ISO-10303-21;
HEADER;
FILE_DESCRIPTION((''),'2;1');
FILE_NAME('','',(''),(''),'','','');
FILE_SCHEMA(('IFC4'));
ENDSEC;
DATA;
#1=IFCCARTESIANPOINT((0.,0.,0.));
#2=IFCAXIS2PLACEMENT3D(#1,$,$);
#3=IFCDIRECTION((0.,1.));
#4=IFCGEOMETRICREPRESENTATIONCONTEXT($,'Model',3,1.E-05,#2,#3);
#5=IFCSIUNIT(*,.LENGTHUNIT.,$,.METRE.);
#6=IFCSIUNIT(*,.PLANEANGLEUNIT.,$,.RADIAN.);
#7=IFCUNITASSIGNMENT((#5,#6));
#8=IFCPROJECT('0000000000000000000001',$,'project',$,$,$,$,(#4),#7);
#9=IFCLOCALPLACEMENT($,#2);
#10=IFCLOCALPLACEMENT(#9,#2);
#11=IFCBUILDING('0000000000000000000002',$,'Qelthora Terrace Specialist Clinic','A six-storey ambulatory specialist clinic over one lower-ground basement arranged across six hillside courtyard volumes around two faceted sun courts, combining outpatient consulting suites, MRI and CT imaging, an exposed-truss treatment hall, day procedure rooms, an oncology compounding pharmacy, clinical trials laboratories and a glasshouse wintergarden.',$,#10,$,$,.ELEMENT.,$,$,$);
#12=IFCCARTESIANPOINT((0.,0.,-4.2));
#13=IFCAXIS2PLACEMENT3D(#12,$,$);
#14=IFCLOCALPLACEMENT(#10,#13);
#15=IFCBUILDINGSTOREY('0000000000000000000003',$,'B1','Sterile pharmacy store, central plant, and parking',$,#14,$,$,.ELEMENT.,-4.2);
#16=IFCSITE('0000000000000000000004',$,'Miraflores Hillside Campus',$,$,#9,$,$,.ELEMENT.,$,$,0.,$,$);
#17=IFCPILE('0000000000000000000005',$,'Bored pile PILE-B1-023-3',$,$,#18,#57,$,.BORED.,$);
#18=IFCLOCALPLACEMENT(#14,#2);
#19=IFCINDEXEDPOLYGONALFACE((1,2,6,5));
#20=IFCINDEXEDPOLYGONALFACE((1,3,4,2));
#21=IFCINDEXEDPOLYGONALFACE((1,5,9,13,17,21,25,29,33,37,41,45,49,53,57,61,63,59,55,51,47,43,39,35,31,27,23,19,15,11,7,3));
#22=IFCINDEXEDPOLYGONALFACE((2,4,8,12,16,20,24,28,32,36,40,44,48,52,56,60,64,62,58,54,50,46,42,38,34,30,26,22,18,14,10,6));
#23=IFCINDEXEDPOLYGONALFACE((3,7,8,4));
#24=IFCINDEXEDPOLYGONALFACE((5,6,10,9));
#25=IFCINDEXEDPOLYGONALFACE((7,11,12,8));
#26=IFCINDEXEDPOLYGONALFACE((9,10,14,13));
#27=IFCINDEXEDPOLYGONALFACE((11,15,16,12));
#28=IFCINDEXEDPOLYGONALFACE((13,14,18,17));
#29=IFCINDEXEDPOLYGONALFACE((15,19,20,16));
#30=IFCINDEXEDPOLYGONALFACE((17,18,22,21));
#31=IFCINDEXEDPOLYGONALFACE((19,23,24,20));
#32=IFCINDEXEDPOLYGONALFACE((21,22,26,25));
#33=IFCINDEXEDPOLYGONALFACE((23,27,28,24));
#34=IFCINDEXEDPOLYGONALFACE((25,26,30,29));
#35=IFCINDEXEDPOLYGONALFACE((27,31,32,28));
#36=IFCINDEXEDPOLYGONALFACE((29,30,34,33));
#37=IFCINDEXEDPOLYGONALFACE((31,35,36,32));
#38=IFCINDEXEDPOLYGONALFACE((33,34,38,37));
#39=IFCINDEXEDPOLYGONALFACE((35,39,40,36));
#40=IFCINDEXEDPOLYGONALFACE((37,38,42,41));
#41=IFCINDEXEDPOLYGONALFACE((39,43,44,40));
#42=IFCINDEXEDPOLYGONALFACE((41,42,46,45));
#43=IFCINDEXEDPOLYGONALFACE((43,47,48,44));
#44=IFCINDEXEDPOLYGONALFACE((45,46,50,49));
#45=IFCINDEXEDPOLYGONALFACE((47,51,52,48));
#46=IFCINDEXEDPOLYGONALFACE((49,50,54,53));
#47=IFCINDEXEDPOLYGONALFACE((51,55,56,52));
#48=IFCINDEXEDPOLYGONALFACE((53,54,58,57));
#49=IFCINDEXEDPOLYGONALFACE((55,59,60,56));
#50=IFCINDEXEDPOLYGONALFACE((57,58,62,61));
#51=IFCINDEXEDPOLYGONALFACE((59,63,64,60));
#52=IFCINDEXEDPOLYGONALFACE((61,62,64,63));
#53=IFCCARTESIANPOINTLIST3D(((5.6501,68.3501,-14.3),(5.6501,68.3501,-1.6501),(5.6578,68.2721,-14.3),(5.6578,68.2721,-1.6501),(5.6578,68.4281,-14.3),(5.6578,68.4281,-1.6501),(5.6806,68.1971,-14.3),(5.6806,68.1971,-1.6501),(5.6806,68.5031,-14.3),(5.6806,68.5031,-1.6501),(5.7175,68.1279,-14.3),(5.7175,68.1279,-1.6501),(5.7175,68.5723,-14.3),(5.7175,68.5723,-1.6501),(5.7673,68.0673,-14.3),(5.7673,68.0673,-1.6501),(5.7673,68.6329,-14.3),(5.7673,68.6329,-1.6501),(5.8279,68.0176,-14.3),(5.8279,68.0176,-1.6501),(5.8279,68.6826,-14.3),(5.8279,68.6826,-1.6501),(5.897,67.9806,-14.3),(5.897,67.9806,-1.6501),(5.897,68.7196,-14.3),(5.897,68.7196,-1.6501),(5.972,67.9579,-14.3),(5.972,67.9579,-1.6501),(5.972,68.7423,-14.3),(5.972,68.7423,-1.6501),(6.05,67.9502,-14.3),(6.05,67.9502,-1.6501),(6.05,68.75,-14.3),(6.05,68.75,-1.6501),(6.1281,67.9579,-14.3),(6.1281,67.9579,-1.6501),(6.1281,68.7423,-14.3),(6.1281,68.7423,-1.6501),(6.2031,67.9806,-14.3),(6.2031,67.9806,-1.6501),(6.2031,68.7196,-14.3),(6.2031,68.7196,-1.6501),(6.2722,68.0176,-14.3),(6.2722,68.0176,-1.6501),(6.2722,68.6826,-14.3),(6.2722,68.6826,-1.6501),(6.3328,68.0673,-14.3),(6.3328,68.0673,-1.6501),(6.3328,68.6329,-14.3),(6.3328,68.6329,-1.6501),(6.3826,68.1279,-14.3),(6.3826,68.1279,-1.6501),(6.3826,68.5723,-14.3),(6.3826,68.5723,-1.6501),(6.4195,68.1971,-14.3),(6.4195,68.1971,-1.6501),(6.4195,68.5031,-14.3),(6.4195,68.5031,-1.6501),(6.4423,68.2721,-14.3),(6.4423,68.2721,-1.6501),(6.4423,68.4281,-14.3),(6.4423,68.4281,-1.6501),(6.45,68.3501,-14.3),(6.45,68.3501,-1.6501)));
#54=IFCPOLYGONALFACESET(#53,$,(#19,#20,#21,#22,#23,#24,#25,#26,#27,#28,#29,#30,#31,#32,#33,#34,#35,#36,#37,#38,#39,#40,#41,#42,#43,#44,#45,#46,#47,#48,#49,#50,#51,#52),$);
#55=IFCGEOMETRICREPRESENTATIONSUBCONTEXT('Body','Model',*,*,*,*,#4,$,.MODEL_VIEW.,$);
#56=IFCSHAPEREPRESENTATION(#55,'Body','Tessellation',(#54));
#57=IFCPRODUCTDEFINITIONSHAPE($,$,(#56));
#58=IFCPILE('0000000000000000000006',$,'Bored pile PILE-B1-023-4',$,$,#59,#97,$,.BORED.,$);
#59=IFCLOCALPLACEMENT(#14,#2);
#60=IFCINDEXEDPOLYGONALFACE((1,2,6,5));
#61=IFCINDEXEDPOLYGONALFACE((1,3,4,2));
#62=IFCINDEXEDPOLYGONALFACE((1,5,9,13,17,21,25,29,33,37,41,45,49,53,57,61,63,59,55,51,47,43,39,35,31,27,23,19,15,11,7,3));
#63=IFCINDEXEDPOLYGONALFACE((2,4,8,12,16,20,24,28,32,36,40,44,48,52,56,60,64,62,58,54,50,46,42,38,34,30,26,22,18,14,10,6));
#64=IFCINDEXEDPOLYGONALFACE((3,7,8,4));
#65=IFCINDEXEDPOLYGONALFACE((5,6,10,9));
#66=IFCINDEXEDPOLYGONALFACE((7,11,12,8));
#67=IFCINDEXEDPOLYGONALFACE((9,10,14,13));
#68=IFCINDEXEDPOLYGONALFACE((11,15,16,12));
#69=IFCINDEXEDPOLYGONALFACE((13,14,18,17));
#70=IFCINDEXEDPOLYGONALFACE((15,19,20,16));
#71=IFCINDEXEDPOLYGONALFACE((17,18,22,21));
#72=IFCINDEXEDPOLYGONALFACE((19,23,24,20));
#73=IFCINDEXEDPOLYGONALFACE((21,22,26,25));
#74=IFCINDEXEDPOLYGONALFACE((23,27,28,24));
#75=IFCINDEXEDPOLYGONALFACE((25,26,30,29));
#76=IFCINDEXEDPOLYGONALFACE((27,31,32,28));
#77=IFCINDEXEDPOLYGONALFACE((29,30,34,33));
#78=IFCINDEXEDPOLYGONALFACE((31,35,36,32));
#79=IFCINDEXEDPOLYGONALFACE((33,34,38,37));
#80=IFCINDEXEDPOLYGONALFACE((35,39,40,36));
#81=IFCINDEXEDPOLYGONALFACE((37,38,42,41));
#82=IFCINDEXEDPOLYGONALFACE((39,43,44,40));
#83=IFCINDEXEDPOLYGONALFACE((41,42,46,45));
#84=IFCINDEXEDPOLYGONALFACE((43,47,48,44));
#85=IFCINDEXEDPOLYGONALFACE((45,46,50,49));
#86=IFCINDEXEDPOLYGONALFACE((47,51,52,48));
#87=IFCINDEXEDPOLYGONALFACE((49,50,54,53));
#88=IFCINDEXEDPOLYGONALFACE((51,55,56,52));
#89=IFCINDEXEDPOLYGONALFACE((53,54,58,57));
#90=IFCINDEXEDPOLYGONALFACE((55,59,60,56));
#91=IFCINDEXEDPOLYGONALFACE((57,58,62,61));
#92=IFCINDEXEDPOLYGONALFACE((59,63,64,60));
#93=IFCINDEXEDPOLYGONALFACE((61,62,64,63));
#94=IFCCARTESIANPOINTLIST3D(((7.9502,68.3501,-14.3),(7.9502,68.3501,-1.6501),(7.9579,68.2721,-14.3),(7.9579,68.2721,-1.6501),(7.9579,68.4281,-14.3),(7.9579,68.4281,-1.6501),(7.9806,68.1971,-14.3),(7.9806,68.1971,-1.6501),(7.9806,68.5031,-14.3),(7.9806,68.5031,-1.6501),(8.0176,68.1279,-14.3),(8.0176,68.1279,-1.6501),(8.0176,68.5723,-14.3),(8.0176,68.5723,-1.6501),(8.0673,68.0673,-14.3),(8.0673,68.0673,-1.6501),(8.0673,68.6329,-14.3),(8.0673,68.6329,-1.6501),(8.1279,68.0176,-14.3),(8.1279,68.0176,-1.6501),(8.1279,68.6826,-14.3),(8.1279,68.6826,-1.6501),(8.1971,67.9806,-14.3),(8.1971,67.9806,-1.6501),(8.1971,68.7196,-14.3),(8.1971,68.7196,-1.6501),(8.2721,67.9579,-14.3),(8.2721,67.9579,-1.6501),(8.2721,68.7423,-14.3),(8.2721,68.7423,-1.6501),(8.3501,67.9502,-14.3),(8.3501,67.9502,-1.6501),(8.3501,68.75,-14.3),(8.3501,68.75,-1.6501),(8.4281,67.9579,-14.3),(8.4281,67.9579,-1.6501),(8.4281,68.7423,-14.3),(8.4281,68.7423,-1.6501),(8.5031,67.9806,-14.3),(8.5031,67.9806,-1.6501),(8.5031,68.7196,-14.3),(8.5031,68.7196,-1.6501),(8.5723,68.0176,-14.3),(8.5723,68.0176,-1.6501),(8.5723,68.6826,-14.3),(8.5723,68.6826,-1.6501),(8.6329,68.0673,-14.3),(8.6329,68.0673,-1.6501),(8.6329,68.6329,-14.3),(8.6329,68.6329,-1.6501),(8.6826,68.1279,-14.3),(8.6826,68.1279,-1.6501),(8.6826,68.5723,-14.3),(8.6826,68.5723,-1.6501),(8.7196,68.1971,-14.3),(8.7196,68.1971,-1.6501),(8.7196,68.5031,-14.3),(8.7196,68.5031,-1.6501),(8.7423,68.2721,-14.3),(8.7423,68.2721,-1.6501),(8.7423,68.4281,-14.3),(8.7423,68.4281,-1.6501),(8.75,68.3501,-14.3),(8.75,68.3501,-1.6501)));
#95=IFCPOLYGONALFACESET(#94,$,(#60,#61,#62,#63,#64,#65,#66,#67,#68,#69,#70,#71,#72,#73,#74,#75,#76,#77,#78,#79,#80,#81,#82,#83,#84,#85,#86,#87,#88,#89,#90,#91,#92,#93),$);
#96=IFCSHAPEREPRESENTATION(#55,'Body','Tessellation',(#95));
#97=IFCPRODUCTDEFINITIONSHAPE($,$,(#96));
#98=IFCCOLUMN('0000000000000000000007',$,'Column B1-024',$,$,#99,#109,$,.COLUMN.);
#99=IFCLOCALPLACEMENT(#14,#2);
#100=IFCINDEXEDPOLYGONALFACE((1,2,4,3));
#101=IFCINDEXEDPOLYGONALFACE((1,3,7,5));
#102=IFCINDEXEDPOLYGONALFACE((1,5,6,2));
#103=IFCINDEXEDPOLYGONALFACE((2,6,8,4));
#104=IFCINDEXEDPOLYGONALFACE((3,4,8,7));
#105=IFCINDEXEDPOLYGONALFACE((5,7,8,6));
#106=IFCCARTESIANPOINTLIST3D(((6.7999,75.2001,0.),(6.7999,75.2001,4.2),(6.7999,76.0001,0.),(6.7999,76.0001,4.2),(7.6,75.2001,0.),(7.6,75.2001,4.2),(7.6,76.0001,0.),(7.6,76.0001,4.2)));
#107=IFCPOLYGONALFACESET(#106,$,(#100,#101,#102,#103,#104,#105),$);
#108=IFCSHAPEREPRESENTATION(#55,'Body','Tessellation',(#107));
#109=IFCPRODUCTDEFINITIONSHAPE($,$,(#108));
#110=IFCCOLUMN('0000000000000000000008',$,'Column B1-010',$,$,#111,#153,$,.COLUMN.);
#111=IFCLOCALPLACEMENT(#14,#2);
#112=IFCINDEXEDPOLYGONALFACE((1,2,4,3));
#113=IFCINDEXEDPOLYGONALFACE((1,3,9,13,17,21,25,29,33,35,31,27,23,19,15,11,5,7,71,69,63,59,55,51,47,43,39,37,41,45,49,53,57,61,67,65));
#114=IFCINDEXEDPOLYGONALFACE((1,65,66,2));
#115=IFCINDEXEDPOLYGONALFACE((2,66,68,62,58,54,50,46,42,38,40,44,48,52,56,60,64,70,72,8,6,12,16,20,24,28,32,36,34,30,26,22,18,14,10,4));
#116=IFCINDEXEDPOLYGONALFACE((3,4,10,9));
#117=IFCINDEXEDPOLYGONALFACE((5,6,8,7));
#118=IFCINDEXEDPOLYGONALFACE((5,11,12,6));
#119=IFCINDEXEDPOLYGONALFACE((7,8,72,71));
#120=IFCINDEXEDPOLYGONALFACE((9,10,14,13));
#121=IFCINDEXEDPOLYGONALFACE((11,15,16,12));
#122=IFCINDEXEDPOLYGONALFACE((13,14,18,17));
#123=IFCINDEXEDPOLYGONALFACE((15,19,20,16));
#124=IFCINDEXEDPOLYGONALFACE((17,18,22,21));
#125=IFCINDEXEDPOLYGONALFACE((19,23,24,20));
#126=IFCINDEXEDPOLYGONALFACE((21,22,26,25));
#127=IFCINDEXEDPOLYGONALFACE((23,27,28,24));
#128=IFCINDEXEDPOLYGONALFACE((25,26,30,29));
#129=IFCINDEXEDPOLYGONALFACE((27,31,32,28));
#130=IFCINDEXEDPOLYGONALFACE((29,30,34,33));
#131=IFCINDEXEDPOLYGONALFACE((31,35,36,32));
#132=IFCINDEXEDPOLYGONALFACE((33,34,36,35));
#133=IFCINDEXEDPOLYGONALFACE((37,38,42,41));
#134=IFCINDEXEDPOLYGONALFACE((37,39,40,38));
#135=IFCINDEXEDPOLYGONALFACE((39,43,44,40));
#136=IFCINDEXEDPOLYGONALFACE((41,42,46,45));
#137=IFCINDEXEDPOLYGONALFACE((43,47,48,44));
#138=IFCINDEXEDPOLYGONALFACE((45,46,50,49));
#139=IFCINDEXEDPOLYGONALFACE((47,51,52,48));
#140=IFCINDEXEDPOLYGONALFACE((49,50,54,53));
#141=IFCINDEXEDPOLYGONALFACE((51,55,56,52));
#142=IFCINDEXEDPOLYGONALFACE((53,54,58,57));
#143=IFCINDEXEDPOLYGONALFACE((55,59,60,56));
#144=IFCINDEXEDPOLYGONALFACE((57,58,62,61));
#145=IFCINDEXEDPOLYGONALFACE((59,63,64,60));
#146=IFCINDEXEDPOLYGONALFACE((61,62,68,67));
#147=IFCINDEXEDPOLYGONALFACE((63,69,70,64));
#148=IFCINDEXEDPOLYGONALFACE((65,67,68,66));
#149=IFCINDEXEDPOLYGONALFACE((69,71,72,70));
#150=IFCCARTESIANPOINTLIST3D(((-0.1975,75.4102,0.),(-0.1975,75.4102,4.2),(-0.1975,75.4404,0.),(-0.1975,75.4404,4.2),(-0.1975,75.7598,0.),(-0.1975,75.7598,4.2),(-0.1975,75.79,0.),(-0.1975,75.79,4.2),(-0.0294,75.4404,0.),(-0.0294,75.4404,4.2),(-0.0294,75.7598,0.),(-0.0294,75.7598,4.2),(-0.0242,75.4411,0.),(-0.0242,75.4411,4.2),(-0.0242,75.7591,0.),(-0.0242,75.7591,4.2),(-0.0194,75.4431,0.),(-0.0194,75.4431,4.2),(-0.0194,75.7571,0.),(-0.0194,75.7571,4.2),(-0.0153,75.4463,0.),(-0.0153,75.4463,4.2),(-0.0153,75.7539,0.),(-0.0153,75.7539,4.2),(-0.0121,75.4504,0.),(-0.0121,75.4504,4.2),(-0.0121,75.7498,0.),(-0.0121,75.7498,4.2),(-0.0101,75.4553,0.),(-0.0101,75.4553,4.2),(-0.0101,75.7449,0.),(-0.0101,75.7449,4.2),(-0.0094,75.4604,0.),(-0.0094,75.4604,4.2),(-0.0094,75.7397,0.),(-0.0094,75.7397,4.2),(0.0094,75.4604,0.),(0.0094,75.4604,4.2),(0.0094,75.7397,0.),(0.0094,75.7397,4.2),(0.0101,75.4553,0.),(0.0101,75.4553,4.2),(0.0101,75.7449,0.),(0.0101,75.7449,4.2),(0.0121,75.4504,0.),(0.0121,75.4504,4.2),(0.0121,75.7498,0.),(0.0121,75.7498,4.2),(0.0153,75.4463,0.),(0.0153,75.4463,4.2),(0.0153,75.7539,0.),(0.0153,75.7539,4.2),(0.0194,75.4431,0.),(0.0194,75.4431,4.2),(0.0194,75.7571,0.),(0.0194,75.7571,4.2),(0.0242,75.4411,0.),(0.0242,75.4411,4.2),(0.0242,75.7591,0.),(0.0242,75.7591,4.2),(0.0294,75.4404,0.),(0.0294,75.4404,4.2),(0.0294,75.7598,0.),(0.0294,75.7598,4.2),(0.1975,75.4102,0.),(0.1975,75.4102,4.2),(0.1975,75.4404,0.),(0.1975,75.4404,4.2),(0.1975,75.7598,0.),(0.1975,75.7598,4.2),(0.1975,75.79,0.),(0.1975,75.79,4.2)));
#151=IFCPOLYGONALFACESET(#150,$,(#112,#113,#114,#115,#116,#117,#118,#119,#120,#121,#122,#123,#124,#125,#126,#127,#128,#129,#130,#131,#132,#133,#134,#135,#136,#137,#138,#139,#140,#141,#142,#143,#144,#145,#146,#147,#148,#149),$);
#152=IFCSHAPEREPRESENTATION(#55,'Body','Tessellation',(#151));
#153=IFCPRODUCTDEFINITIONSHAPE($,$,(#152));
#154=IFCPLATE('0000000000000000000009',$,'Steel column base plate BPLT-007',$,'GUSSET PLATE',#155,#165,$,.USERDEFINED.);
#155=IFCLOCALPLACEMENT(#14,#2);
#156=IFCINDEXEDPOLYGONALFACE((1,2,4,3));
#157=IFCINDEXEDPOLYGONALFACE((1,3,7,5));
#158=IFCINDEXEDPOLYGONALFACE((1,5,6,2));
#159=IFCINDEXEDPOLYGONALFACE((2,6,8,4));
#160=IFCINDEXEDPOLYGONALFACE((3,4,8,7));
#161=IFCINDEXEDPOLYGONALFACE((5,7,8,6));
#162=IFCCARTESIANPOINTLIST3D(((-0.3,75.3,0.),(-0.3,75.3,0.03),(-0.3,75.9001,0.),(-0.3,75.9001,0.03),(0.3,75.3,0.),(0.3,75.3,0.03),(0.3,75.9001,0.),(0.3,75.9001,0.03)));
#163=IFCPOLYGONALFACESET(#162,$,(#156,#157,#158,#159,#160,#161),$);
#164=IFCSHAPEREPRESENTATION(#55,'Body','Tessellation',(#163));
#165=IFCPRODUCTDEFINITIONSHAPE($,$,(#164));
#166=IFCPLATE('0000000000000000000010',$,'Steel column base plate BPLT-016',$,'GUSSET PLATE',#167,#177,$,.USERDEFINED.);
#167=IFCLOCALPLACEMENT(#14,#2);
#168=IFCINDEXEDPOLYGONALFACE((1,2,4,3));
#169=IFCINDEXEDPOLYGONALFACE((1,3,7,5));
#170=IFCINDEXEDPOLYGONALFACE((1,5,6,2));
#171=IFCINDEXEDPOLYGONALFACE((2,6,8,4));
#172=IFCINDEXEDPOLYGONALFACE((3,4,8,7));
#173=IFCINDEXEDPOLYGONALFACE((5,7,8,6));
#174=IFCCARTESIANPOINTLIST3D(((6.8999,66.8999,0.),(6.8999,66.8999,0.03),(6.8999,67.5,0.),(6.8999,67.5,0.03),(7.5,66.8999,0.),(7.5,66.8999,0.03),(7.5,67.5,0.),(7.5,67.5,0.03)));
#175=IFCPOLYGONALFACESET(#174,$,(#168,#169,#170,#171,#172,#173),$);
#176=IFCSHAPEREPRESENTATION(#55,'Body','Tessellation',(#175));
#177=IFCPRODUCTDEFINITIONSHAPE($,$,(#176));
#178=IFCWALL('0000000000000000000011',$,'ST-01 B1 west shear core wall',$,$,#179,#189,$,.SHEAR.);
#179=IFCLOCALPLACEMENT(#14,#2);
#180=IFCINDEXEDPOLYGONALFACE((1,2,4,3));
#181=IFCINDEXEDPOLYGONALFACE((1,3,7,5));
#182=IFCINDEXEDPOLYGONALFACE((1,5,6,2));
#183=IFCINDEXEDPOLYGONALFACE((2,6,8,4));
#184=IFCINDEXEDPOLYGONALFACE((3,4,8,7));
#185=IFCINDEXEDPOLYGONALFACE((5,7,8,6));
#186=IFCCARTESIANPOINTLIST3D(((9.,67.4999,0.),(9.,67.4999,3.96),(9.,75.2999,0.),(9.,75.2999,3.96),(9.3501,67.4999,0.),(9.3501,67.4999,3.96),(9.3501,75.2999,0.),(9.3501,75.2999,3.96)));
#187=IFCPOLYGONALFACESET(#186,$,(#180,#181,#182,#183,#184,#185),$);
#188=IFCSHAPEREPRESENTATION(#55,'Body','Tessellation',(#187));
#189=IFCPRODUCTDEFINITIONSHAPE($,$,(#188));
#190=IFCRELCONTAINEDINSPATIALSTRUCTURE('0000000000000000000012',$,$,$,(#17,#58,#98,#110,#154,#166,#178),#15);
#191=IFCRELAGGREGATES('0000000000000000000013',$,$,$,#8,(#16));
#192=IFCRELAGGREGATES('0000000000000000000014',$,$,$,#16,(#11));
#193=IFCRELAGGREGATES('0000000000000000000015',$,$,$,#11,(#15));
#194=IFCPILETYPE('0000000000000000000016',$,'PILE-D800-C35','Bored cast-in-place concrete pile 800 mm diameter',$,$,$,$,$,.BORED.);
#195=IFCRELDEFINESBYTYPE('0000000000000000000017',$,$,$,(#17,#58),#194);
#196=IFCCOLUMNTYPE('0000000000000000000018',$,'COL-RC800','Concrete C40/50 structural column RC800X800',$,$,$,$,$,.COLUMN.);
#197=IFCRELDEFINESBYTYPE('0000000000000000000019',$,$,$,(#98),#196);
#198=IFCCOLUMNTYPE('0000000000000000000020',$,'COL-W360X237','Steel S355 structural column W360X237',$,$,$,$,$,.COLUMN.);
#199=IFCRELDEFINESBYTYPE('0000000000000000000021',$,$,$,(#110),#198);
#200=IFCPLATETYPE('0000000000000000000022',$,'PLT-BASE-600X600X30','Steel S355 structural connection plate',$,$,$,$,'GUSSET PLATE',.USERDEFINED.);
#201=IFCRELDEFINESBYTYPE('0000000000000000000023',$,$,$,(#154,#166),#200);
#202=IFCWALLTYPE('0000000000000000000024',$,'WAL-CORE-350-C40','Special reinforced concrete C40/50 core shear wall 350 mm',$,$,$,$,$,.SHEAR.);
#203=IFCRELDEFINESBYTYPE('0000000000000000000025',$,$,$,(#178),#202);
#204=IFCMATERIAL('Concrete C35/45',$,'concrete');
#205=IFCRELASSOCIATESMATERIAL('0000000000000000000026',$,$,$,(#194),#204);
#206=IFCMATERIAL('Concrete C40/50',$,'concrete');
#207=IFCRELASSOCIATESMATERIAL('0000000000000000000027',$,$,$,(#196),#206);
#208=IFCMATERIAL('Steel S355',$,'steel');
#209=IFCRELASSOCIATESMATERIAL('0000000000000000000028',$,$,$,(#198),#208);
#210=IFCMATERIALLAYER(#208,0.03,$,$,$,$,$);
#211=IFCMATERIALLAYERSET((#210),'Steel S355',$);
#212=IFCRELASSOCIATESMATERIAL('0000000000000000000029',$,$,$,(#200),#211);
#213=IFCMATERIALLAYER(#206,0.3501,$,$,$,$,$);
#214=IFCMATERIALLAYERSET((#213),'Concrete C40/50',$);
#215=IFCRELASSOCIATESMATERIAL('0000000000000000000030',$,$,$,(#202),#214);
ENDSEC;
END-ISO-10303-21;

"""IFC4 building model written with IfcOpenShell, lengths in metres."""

from ifc_helpers import new_model, si_unit, direction, frame, frame_2d, origin, origin_2d, place, context, subcontext, project, spatial, rectangle, circle, i_section, extrude, material, layer, layer_set, material_profile, profile_set, type_object, element, save


model = new_model("IFC4")

# Units and contexts
model_context = context("Model", 3, precision=1e-05, world=origin(), true_north=direction((0.0, 1.0)))
body_context = subcontext(model_context, "Body", "Model", "MODEL_VIEW")
ifc_project = project(units=[si_unit("LENGTHUNIT", "METRE"), si_unit("PLANEANGLEUNIT", "RADIAN")], contexts=[model_context])

# Site, building, storey
site_placement = place(None, origin())
site = spatial("IfcSite", under=ifc_project, at=site_placement, Name="Miraflores Hillside Campus", CompositionType="ELEMENT", RefElevation=0.0)
building_placement = place(site_placement, origin())
building = spatial("IfcBuilding", under=site, at=building_placement, Name="Qelthora Terrace Specialist Clinic", Description="A six-storey ambulatory specialist clinic over one lower-ground basement arranged across six hillside courtyard volumes around two faceted sun courts, combining outpatient consulting suites, MRI and CT imaging, an exposed-truss treatment hall, day procedure rooms, an oncology compounding pharmacy, clinical trials laboratories and a glasshouse wintergarden.", CompositionType="ELEMENT")
storey_placement = place(building_placement, frame((0.0, 0.0, -4.2)))
storey = spatial("IfcBuildingStorey", under=building, at=storey_placement, Name="B1", Description="Sterile pharmacy store, central plant, and parking", CompositionType="ELEMENT", Elevation=-4.2)

# Shared definitions
ifc_material_1 = material(Name="Concrete C35/45", Category="concrete")

# Piles
ifc_material_profile_1 = material_profile(ifc_material_1, circle(Radius=0.3999, at=origin_2d()), Name="PILE800")
ifc_profile_set_1 = profile_set([ifc_material_profile_1], Name="Concrete C35/45")
pile_type_1 = type_object("IfcPileType", Name="PILE-D800-C35", Description="Bored cast-in-place concrete pile 800 mm diameter", PredefinedType="BORED", material=ifc_profile_set_1)
for number, where, z_axis, x_axis, name in (
    (1, (6.05, 68.3501, -1.6501), (0.0, 0.0, -1.0), (1.0, 0.0, 0.0), "Bored pile PILE-B1-023-3"),
    (2, (8.3501, 68.3501, -1.6501), (0.0, 0.0, -1.0), (1.0, 0.0, 0.0), "Bored pile PILE-B1-023-4"),
):
    element("IfcPile", number, at=place(storey_placement, frame(where, z_axis=z_axis, x_axis=x_axis)), inside=storey, type_object=pile_type_1, Name=name, PredefinedType="BORED", context=body_context, shape_type="SweptSolid", body=[
        extrude(circle(Radius=0.3999, at=origin_2d()), origin(), (0.0, 0.0, 1.0), 12.6499),
    ])

# Columns
ifc_material_2 = material(Name="Concrete C40/50", Category="concrete")
ifc_material_profile_2 = material_profile(ifc_material_2, rectangle(XDim=0.8, YDim=0.8, at=origin_2d()), Name="RC800X800")
ifc_profile_set_2 = profile_set([ifc_material_profile_2], Name="Concrete C40/50")
column_type_1 = type_object("IfcColumnType", Name="COL-RC800", Description="Concrete C40/50 structural column RC800X800", PredefinedType="COLUMN", material=ifc_profile_set_2)
column_1_placement = place(storey_placement, frame((7.2, 75.6001, 0.0), z_axis=(0.0, 0.0, 1.0), x_axis=(1.0, 0.0, 0.0)))
element("IfcColumn", 3, at=column_1_placement, inside=storey, type_object=column_type_1, Name="Column B1-024", PredefinedType="COLUMN", context=body_context, shape_type="SweptSolid", body=[
    extrude(rectangle(XDim=0.8, YDim=0.8, at=origin_2d()), origin(), (0.0, 0.0, 1.0), 4.2),
])
ifc_material_3 = material(Name="Steel S355", Category="steel")
ifc_material_profile_3 = material_profile(ifc_material_3, i_section(OverallWidth=0.395, OverallDepth=0.3799, WebThickness=0.0188, FlangeThickness=0.0303, FilletRadius=0.02, at=origin_2d()), Name="W360X237")
ifc_profile_set_3 = profile_set([ifc_material_profile_3], Name="Steel S355")
column_type_2 = type_object("IfcColumnType", Name="COL-W360X237", Description="Steel S355 structural column W360X237", PredefinedType="COLUMN", material=ifc_profile_set_3)
column_2_placement = place(storey_placement, frame((0.0, 75.6001, 0.0), z_axis=(0.0, 0.0, 1.0), x_axis=(1.0, 0.0, 0.0)))
element("IfcColumn", 4, at=column_2_placement, inside=storey, type_object=column_type_2, Name="Column B1-010", PredefinedType="COLUMN", context=body_context, shape_type="SweptSolid", body=[
    extrude(i_section(OverallWidth=0.395, OverallDepth=0.3799, WebThickness=0.0188, FlangeThickness=0.0303, FilletRadius=0.02, at=origin_2d()), origin(), (0.0, 0.0, 1.0), 4.2),
])

# Plates
ifc_layer_1 = layer(ifc_material_3, 0.03)
ifc_layer_set_1 = layer_set([ifc_layer_1], Name="Steel S355")
plate_type = type_object("IfcPlateType", Name="PLT-BASE-600X600X30", Description="Steel S355 structural connection plate", ElementType="GUSSET PLATE", PredefinedType="USERDEFINED", material=ifc_layer_set_1)
for number, where, z_axis, x_axis, name in (
    (5, (0.0, 75.6001, 0.0), (0.0, 0.0, 1.0), (1.0, 0.0, 0.0), "Steel column base plate BPLT-007"),
    (6, (7.2, 67.2, 0.0), (0.0, 0.0, 1.0), (1.0, 0.0, 0.0), "Steel column base plate BPLT-016"),
):
    element("IfcPlate", number, at=place(storey_placement, frame(where, z_axis=z_axis, x_axis=x_axis)), inside=storey, type_object=plate_type, Name=name, ObjectType="GUSSET PLATE", PredefinedType="USERDEFINED", context=body_context, shape_type="SweptSolid", body=[
        extrude(rectangle(XDim=0.6001, YDim=0.6001, at=origin_2d()), origin(), (0.0, 0.0, 1.0), 0.03),
    ])

# Wall
ifc_layer_2 = layer(ifc_material_2, 0.3501)
ifc_layer_set_2 = layer_set([ifc_layer_2], Name="Concrete C40/50")
wall_type_1 = type_object("IfcWallType", Name="WAL-CORE-350-C40", Description="Special reinforced concrete C40/50 core shear wall 350 mm", PredefinedType="SHEAR", material=ifc_layer_set_2)
wall_1_placement = place(storey_placement, frame((9.175, 67.5, 0.0), z_axis=(0.0, 0.0, 1.0), x_axis=(0.0, 1.0, 0.0)))
element("IfcWall", 7, at=wall_1_placement, inside=storey, type_object=wall_type_1, Name="ST-01 B1 west shear core wall", PredefinedType="SHEAR", context=body_context, shape_type="SweptSolid", body=[
    extrude(rectangle(XDim=7.8, YDim=0.3501, at=frame_2d((3.8999, 0.0))), origin(), (0.0, 0.0, 1.0), 3.96),
])

save(model, "model.ifc")
